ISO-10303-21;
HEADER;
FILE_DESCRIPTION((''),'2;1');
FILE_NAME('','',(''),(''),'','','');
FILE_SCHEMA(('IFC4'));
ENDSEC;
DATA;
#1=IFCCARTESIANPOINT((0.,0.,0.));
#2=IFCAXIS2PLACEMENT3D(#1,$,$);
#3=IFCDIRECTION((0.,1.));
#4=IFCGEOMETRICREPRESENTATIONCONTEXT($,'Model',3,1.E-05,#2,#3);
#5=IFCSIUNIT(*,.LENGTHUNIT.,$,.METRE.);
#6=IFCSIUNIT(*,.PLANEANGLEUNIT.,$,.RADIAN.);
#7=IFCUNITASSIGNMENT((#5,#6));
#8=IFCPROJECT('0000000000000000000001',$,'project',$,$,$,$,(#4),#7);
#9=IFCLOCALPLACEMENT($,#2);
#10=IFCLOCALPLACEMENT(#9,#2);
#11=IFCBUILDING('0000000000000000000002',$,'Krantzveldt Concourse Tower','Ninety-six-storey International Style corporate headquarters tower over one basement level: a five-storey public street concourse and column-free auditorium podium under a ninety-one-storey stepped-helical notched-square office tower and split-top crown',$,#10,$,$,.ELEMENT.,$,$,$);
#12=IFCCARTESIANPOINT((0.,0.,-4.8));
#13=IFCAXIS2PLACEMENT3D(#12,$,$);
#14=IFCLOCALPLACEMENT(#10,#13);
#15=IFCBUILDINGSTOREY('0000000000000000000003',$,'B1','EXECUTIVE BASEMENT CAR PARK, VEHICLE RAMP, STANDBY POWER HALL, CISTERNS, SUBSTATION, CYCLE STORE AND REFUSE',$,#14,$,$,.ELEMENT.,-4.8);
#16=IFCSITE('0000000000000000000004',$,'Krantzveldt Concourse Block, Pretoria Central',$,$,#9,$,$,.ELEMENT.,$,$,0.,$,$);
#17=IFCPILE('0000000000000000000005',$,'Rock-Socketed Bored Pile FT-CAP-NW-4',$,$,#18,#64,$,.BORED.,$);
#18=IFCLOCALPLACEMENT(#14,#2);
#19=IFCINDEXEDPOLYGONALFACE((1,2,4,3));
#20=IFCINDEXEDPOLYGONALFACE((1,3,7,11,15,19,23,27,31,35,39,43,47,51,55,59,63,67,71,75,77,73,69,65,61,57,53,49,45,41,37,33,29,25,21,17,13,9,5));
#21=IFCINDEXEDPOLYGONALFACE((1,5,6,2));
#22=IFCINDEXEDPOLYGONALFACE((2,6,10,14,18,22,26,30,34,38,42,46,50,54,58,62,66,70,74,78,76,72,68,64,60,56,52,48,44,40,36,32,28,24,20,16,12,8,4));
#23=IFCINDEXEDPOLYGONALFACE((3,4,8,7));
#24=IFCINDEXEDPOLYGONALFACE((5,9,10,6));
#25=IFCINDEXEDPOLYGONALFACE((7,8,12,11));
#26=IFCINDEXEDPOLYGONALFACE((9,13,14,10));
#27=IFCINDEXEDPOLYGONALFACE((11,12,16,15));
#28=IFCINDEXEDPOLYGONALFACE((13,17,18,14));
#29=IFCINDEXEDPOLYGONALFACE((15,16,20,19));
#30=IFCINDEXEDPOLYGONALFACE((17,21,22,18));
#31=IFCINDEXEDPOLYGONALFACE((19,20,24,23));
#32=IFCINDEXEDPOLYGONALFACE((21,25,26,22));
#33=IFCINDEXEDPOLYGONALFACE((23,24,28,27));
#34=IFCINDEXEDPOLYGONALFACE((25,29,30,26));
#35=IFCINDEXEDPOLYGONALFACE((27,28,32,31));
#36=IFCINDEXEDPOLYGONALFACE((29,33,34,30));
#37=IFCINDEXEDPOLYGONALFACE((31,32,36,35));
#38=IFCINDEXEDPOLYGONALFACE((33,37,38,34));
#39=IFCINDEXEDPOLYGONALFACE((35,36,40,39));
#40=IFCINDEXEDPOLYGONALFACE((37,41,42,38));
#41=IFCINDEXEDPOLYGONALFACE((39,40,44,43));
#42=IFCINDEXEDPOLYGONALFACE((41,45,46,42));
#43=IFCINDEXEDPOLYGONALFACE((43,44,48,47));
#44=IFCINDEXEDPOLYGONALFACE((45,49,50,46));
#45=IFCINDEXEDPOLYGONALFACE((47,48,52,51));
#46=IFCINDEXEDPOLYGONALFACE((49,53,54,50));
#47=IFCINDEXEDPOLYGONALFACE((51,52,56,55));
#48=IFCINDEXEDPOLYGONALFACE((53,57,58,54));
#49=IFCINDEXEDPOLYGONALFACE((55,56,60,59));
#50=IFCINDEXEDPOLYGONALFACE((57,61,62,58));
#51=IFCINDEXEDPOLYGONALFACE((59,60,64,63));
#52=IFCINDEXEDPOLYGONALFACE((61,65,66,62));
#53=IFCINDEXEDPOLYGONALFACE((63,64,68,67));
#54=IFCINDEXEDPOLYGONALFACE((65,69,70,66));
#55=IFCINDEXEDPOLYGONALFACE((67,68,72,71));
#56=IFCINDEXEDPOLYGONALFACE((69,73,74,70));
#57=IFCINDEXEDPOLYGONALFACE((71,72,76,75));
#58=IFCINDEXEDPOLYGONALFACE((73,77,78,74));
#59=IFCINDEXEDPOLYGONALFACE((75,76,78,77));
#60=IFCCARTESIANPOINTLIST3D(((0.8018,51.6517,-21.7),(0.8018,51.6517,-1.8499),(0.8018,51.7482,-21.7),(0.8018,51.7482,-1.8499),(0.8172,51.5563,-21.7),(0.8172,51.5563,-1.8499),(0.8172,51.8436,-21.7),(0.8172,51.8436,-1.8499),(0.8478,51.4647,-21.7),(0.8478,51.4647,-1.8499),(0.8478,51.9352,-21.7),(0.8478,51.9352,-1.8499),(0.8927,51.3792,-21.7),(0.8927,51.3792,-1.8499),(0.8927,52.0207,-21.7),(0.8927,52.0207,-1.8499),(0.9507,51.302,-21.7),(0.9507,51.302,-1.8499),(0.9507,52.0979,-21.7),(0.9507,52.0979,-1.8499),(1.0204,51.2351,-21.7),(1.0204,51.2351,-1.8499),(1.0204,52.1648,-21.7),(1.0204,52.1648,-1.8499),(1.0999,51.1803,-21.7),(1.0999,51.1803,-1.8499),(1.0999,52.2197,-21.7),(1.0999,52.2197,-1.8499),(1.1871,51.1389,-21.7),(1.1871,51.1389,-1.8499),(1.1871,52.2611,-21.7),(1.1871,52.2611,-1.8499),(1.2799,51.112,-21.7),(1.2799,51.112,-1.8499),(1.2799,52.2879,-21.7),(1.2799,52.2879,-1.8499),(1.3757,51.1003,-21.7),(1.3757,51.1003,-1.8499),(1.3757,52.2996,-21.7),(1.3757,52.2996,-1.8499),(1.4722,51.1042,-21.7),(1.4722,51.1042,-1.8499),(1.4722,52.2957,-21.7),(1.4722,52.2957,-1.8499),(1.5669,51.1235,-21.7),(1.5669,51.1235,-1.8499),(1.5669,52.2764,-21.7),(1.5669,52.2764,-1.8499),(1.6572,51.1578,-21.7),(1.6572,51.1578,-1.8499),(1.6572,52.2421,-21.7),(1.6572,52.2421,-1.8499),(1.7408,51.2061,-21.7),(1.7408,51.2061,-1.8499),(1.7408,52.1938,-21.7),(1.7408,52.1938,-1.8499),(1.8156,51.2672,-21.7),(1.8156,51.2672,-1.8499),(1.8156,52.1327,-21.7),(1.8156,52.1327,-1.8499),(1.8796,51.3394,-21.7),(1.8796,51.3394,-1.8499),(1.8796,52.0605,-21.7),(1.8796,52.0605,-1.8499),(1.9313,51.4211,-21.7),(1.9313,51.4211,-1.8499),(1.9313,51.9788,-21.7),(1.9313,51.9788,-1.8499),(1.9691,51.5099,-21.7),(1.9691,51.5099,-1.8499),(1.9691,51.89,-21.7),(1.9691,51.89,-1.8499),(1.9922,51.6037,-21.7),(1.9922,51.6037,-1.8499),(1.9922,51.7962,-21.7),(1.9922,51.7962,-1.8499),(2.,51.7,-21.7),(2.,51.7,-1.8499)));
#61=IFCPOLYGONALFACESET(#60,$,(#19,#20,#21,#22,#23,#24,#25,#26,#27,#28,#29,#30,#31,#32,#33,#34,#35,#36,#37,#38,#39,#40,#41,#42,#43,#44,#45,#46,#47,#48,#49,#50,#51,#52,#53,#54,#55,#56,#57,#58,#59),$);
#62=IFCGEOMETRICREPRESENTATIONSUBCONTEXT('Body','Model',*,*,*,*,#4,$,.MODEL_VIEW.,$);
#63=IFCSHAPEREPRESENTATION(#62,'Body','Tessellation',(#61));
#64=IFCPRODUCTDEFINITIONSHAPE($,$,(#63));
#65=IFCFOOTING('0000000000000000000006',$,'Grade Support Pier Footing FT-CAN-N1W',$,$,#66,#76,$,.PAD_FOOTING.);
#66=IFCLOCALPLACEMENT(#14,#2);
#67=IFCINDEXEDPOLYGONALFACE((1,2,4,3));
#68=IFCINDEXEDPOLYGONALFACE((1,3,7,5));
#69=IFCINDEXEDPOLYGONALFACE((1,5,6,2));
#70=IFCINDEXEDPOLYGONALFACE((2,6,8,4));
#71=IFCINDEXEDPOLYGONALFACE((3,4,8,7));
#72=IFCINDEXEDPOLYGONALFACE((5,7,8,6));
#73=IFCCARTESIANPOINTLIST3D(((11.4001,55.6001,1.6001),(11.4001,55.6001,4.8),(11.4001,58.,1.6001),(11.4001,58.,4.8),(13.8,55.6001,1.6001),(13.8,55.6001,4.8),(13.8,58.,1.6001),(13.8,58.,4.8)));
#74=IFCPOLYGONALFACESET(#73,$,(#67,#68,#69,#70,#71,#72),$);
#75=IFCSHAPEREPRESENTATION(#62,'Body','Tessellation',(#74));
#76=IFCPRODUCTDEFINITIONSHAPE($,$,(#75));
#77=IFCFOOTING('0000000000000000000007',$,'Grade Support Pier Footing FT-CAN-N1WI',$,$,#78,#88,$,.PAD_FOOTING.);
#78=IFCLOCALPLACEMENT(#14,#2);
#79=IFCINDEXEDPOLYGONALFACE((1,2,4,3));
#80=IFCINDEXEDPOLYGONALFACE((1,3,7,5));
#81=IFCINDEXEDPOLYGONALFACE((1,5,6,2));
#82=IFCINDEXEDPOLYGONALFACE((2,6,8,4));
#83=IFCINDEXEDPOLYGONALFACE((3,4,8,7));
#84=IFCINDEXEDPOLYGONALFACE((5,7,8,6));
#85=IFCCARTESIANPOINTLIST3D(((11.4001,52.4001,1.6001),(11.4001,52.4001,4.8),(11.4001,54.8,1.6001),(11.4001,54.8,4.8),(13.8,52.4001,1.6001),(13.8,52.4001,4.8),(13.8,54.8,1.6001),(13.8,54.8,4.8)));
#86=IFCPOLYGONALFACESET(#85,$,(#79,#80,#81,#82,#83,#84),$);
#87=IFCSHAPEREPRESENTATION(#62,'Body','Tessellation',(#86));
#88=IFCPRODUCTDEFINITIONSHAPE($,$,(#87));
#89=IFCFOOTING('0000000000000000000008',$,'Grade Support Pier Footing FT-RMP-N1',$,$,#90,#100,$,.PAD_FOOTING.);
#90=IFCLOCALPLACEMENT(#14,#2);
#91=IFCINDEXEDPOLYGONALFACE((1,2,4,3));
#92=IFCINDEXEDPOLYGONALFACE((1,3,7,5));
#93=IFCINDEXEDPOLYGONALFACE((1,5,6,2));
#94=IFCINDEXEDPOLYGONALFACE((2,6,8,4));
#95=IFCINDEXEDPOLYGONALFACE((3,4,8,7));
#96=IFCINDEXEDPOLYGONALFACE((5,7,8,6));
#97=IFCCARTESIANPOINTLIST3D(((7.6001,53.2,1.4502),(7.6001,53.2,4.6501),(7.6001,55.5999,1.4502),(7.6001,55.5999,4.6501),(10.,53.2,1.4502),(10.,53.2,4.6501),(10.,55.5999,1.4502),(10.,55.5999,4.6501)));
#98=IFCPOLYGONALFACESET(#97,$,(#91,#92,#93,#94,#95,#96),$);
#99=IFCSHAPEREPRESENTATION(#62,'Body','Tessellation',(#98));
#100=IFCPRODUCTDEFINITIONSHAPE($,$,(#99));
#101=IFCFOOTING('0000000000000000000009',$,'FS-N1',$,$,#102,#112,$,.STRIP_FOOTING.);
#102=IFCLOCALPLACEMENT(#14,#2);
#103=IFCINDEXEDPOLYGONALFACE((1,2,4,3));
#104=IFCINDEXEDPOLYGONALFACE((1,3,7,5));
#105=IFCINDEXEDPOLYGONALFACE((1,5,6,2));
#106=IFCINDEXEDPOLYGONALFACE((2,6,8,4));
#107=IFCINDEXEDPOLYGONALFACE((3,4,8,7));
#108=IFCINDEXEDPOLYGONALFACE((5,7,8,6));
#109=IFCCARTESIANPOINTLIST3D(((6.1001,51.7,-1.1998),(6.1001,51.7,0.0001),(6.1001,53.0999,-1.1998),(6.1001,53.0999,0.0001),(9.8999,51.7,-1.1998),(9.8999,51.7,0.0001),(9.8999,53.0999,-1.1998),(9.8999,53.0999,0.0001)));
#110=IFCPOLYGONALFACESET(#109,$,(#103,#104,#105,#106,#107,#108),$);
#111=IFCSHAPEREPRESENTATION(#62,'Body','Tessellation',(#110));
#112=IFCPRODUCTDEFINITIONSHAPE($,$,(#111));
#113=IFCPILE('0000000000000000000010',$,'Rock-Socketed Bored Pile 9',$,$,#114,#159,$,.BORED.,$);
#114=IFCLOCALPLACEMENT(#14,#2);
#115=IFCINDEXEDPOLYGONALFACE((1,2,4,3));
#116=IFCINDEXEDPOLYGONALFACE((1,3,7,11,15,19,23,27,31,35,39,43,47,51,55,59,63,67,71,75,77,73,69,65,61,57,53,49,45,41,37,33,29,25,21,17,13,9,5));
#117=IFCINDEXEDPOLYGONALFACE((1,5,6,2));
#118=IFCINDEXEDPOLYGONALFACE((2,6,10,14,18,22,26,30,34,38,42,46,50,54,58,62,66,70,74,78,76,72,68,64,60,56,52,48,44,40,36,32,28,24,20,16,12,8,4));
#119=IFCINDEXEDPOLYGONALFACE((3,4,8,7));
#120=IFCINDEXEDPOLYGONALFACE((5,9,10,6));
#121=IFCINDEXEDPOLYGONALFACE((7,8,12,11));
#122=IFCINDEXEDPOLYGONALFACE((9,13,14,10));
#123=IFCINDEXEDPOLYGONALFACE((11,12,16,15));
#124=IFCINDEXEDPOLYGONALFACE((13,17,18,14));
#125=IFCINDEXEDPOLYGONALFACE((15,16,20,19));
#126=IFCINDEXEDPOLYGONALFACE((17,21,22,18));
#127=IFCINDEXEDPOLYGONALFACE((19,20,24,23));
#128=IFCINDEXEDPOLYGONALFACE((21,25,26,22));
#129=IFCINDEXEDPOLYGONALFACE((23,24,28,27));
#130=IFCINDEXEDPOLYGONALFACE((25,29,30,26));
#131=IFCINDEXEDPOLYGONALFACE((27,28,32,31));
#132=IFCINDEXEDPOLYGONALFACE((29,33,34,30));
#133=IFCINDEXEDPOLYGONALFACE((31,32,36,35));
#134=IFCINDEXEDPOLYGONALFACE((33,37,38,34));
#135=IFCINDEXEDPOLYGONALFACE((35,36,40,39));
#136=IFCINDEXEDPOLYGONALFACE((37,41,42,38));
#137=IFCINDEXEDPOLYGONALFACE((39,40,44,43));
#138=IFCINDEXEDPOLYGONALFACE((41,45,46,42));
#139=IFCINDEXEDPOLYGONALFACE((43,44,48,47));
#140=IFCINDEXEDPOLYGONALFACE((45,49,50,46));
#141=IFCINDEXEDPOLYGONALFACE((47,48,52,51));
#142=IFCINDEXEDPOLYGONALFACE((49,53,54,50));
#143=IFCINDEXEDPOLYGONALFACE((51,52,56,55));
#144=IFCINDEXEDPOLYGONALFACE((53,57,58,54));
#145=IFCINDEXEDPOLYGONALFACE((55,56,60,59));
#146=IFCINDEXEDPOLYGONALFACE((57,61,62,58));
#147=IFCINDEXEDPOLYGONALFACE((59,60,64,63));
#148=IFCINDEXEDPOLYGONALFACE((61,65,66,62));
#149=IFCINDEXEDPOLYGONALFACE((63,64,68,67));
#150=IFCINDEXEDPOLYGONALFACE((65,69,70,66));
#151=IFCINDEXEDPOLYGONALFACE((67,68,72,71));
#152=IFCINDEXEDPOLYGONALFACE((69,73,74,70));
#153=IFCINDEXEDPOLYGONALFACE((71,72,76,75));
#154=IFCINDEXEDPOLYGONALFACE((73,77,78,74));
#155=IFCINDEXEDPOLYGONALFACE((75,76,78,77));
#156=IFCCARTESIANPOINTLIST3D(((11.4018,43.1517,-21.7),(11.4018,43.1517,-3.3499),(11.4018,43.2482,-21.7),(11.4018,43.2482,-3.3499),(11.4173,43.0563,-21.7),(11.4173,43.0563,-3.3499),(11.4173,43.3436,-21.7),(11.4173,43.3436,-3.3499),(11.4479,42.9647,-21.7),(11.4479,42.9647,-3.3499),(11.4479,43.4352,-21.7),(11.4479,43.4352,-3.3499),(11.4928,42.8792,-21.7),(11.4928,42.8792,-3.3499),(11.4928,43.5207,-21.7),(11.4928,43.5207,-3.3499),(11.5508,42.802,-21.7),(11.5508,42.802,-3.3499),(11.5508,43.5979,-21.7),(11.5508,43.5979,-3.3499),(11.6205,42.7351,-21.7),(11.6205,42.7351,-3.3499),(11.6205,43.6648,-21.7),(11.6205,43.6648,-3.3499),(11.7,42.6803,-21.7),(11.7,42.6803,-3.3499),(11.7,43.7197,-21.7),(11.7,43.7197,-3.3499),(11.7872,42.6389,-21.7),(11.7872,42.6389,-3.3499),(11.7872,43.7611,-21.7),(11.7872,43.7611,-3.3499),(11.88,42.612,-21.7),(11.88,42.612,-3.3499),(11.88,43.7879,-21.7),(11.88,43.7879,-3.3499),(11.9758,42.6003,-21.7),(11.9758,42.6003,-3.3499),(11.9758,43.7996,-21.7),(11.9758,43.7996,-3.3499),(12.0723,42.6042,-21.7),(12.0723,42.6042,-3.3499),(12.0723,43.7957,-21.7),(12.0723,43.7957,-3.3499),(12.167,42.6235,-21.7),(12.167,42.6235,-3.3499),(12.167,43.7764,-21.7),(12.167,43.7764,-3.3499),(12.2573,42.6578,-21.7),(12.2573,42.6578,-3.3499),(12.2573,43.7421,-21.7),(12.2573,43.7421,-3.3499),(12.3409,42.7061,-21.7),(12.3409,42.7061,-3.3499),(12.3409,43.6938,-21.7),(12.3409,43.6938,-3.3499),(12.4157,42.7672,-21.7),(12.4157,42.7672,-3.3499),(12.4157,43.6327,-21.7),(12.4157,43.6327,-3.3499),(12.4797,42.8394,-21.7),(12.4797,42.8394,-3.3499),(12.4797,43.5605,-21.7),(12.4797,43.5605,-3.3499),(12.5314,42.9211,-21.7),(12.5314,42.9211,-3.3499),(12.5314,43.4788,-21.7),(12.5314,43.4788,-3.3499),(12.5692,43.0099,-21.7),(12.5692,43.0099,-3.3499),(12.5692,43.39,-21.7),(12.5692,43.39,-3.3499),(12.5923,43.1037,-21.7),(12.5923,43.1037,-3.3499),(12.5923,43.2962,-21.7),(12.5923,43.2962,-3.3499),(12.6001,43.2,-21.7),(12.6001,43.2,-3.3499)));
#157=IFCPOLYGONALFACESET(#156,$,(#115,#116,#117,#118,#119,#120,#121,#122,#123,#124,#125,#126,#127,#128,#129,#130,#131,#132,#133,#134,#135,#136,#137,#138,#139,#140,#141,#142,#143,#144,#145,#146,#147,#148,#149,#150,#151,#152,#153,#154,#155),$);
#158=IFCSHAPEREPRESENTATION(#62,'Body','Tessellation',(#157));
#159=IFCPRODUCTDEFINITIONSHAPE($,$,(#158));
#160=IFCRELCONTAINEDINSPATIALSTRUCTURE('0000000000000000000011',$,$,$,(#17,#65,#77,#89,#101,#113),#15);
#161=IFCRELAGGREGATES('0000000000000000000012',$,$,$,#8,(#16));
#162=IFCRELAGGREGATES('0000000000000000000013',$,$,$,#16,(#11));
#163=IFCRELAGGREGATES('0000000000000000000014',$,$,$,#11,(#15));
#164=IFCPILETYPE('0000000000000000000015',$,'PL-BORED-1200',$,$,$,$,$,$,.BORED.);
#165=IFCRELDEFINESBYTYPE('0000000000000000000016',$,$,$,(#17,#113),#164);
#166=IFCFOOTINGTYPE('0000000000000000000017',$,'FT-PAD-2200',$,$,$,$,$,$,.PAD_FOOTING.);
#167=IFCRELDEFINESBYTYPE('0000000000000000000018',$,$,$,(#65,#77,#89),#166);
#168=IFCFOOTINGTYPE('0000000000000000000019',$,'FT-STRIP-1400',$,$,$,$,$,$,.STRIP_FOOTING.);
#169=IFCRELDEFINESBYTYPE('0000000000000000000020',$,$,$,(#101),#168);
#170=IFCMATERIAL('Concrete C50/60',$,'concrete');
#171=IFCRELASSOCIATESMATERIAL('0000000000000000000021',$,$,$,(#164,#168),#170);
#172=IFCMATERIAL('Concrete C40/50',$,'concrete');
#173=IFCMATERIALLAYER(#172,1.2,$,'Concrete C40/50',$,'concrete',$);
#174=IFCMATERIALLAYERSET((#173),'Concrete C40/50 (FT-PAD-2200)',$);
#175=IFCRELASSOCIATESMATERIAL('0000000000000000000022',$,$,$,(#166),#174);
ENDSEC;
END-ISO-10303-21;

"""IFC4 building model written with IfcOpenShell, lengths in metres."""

from ifc_helpers import new_model, si_unit, direction, frame, origin, origin_2d, place, context, subcontext, project, spatial, rectangle, circle, extrude, source, transform, mapped, material, layer, layer_set, material_profile, profile_set, type_object, type_shapes, element, save


model = new_model("IFC4")

# Units and contexts
model_context = context("Model", 3, precision=1e-05, world=origin(), true_north=direction((0.0, 1.0)))
body_context = subcontext(model_context, "Body", "Model", "MODEL_VIEW")
ifc_project = project(units=[si_unit("LENGTHUNIT", "METRE"), si_unit("PLANEANGLEUNIT", "RADIAN")], contexts=[model_context])

# Site, building, storey
site_placement = place(None, origin())
site = spatial("IfcSite", under=ifc_project, at=site_placement, Name="Krantzveldt Concourse Block, Pretoria Central", CompositionType="ELEMENT", RefElevation=0.0)
building_placement = place(site_placement, origin())
building = spatial("IfcBuilding", under=site, at=building_placement, Name="Krantzveldt Concourse Tower", Description="Ninety-six-storey International Style corporate headquarters tower over one basement level: a five-storey public street concourse and column-free auditorium podium under a ninety-one-storey stepped-helical notched-square office tower and split-top crown", CompositionType="ELEMENT")
storey_placement = place(building_placement, frame((0.0, 0.0, -4.8)))
storey = spatial("IfcBuildingStorey", under=building, at=storey_placement, Name="B1", Description="EXECUTIVE BASEMENT CAR PARK, VEHICLE RAMP, STANDBY POWER HALL, CISTERNS, SUBSTATION, CYCLE STORE AND REFUSE", CompositionType="ELEMENT", Elevation=-4.8)

# Pile
ifc_material_1 = material(Name="Concrete C50/60", Category="concrete")
ifc_material_profile_1 = material_profile(ifc_material_1, circle(Radius=0.6001, at=origin_2d()), Name="Concrete C50/60", Category="concrete")
ifc_profile_set_1 = profile_set([ifc_material_profile_1], Name="Concrete C50/60 - PILE D1200")
pile_type = type_object("IfcPileType", Name="PL-BORED-1200", PredefinedType="BORED", material=ifc_profile_set_1)
shared_shape_1 = source(origin(), body_context, "Body", "SweptSolid", [
    extrude(circle(Radius=0.6001, at=origin_2d()), origin(), (0.0, 0.0, 1.0), 19.8501),
])
for number, where, z_axis, x_axis, name in (
    (1, (1.3999, 51.7, -1.8499), (0.0, 0.0, -1.0), (1.0, 0.0, 0.0), "Rock-Socketed Bored Pile FT-CAP-NW-4"),
):
    element("IfcPile", number, at=place(storey_placement, frame(where, z_axis=z_axis, x_axis=x_axis)), inside=storey, type_object=pile_type, Name=name, PredefinedType="BORED", context=body_context, shape_type="MappedRepresentation", body=[
        mapped(shared_shape_1, transform((0.0, 0.0, 0.0), x_axis=(1.0, 0.0, 0.0), y_axis=(0.0, 1.0, 0.0), z_axis=(0.0, 0.0, 1.0), scale=1.0)),
    ])

# Footings
ifc_material_2 = material(Name="Concrete C40/50", Category="concrete")
ifc_layer_1 = layer(ifc_material_2, 1.2, Name="Concrete C40/50", Category="concrete")
ifc_layer_set_1 = layer_set([ifc_layer_1], Name="Concrete C40/50 (FT-PAD-2200)")
footing_type_1 = type_object("IfcFootingType", Name="FT-PAD-2200", PredefinedType="PAD_FOOTING", material=ifc_layer_set_1)
shared_shape_2 = source(origin(), body_context, "Body", "SweptSolid", [
    extrude(rectangle(XDim=2.3999, YDim=2.3999, at=origin_2d()), origin(), (0.0, 0.0, 1.0), 3.2),
])
type_shapes(footing_type_1, [shared_shape_2])
for number, where, z_axis, x_axis, name in (
    (2, (12.6001, 56.8, 1.6001), (0.0, 0.0, 1.0), (1.0, 0.0, 0.0), "Grade Support Pier Footing FT-CAN-N1W"),
    (3, (12.6001, 53.6001, 1.6001), (0.0, 0.0, 1.0), (1.0, 0.0, 0.0), "Grade Support Pier Footing FT-CAN-N1WI"),
    (4, (8.8, 54.3999, 1.4502), (0.0, 0.0, 1.0), (1.0, 0.0, 0.0), "Grade Support Pier Footing FT-RMP-N1"),
):
    element("IfcFooting", number, at=place(storey_placement, frame(where, z_axis=z_axis, x_axis=x_axis)), inside=storey, type_object=footing_type_1, Name=name, PredefinedType="PAD_FOOTING", context=body_context, shape_type="MappedRepresentation", body=[
        mapped(shared_shape_2, transform((0.0, 0.0, 0.0), x_axis=(1.0, 0.0, 0.0), y_axis=(0.0, 1.0, 0.0), z_axis=(0.0, 0.0, 1.0), scale=1.0)),
    ])
ifc_material_profile_2 = material_profile(ifc_material_1, rectangle(XDim=1.3999, YDim=1.2, at=origin_2d()), Name="Concrete C50/60", Category="concrete")
ifc_profile_set_2 = profile_set([ifc_material_profile_2], Name="Concrete C50/60 - STRIP 1400x1200")
footing_type_2 = type_object("IfcFootingType", Name="FT-STRIP-1400", PredefinedType="STRIP_FOOTING", material=ifc_profile_set_2)
shared_shape_3 = source(origin(), body_context, "Body", "SweptSolid", [
    extrude(rectangle(XDim=1.3999, YDim=1.2, at=origin_2d()), origin(), (0.0, 0.0, 1.0), 3.7998),
])
type_shapes(footing_type_2, [shared_shape_3])
footing_1_placement = place(storey_placement, frame((6.1001, 52.3999, -0.5999), z_axis=(1.0, 0.0, 0.0), x_axis=(0.0, 1.0, 0.0)))
element("IfcFooting", 5, at=footing_1_placement, inside=storey, type_object=footing_type_2, Name="FS-N1", PredefinedType="STRIP_FOOTING", context=body_context, shape_type="MappedRepresentation", body=[
    mapped(shared_shape_3, transform((0.0, 0.0, 0.0), x_axis=(1.0, 0.0, 0.0), y_axis=(0.0, 1.0, 0.0), z_axis=(0.0, 0.0, 1.0), scale=1.0)),
])

# Pile
shared_shape_4 = source(origin(), body_context, "Body", "SweptSolid", [
    extrude(circle(Radius=0.6001, at=origin_2d()), origin(), (0.0, 0.0, 1.0), 18.3501),
])
type_shapes(pile_type, [shared_shape_1, shared_shape_4])
for number, where, z_axis, x_axis, name in (
    (6, (12.0, 43.2, -3.3499), (0.0, 0.0, -1.0), (1.0, 0.0, 0.0), "Rock-Socketed Bored Pile 9"),
):
    element("IfcPile", number, at=place(storey_placement, frame(where, z_axis=z_axis, x_axis=x_axis)), inside=storey, type_object=pile_type, Name=name, PredefinedType="BORED", context=body_context, shape_type="MappedRepresentation", body=[
        mapped(shared_shape_4, transform((0.0, 0.0, 0.0), x_axis=(1.0, 0.0, 0.0), y_axis=(0.0, 1.0, 0.0), z_axis=(0.0, 0.0, 1.0), scale=1.0)),
    ])

save(model, "model.ifc")
